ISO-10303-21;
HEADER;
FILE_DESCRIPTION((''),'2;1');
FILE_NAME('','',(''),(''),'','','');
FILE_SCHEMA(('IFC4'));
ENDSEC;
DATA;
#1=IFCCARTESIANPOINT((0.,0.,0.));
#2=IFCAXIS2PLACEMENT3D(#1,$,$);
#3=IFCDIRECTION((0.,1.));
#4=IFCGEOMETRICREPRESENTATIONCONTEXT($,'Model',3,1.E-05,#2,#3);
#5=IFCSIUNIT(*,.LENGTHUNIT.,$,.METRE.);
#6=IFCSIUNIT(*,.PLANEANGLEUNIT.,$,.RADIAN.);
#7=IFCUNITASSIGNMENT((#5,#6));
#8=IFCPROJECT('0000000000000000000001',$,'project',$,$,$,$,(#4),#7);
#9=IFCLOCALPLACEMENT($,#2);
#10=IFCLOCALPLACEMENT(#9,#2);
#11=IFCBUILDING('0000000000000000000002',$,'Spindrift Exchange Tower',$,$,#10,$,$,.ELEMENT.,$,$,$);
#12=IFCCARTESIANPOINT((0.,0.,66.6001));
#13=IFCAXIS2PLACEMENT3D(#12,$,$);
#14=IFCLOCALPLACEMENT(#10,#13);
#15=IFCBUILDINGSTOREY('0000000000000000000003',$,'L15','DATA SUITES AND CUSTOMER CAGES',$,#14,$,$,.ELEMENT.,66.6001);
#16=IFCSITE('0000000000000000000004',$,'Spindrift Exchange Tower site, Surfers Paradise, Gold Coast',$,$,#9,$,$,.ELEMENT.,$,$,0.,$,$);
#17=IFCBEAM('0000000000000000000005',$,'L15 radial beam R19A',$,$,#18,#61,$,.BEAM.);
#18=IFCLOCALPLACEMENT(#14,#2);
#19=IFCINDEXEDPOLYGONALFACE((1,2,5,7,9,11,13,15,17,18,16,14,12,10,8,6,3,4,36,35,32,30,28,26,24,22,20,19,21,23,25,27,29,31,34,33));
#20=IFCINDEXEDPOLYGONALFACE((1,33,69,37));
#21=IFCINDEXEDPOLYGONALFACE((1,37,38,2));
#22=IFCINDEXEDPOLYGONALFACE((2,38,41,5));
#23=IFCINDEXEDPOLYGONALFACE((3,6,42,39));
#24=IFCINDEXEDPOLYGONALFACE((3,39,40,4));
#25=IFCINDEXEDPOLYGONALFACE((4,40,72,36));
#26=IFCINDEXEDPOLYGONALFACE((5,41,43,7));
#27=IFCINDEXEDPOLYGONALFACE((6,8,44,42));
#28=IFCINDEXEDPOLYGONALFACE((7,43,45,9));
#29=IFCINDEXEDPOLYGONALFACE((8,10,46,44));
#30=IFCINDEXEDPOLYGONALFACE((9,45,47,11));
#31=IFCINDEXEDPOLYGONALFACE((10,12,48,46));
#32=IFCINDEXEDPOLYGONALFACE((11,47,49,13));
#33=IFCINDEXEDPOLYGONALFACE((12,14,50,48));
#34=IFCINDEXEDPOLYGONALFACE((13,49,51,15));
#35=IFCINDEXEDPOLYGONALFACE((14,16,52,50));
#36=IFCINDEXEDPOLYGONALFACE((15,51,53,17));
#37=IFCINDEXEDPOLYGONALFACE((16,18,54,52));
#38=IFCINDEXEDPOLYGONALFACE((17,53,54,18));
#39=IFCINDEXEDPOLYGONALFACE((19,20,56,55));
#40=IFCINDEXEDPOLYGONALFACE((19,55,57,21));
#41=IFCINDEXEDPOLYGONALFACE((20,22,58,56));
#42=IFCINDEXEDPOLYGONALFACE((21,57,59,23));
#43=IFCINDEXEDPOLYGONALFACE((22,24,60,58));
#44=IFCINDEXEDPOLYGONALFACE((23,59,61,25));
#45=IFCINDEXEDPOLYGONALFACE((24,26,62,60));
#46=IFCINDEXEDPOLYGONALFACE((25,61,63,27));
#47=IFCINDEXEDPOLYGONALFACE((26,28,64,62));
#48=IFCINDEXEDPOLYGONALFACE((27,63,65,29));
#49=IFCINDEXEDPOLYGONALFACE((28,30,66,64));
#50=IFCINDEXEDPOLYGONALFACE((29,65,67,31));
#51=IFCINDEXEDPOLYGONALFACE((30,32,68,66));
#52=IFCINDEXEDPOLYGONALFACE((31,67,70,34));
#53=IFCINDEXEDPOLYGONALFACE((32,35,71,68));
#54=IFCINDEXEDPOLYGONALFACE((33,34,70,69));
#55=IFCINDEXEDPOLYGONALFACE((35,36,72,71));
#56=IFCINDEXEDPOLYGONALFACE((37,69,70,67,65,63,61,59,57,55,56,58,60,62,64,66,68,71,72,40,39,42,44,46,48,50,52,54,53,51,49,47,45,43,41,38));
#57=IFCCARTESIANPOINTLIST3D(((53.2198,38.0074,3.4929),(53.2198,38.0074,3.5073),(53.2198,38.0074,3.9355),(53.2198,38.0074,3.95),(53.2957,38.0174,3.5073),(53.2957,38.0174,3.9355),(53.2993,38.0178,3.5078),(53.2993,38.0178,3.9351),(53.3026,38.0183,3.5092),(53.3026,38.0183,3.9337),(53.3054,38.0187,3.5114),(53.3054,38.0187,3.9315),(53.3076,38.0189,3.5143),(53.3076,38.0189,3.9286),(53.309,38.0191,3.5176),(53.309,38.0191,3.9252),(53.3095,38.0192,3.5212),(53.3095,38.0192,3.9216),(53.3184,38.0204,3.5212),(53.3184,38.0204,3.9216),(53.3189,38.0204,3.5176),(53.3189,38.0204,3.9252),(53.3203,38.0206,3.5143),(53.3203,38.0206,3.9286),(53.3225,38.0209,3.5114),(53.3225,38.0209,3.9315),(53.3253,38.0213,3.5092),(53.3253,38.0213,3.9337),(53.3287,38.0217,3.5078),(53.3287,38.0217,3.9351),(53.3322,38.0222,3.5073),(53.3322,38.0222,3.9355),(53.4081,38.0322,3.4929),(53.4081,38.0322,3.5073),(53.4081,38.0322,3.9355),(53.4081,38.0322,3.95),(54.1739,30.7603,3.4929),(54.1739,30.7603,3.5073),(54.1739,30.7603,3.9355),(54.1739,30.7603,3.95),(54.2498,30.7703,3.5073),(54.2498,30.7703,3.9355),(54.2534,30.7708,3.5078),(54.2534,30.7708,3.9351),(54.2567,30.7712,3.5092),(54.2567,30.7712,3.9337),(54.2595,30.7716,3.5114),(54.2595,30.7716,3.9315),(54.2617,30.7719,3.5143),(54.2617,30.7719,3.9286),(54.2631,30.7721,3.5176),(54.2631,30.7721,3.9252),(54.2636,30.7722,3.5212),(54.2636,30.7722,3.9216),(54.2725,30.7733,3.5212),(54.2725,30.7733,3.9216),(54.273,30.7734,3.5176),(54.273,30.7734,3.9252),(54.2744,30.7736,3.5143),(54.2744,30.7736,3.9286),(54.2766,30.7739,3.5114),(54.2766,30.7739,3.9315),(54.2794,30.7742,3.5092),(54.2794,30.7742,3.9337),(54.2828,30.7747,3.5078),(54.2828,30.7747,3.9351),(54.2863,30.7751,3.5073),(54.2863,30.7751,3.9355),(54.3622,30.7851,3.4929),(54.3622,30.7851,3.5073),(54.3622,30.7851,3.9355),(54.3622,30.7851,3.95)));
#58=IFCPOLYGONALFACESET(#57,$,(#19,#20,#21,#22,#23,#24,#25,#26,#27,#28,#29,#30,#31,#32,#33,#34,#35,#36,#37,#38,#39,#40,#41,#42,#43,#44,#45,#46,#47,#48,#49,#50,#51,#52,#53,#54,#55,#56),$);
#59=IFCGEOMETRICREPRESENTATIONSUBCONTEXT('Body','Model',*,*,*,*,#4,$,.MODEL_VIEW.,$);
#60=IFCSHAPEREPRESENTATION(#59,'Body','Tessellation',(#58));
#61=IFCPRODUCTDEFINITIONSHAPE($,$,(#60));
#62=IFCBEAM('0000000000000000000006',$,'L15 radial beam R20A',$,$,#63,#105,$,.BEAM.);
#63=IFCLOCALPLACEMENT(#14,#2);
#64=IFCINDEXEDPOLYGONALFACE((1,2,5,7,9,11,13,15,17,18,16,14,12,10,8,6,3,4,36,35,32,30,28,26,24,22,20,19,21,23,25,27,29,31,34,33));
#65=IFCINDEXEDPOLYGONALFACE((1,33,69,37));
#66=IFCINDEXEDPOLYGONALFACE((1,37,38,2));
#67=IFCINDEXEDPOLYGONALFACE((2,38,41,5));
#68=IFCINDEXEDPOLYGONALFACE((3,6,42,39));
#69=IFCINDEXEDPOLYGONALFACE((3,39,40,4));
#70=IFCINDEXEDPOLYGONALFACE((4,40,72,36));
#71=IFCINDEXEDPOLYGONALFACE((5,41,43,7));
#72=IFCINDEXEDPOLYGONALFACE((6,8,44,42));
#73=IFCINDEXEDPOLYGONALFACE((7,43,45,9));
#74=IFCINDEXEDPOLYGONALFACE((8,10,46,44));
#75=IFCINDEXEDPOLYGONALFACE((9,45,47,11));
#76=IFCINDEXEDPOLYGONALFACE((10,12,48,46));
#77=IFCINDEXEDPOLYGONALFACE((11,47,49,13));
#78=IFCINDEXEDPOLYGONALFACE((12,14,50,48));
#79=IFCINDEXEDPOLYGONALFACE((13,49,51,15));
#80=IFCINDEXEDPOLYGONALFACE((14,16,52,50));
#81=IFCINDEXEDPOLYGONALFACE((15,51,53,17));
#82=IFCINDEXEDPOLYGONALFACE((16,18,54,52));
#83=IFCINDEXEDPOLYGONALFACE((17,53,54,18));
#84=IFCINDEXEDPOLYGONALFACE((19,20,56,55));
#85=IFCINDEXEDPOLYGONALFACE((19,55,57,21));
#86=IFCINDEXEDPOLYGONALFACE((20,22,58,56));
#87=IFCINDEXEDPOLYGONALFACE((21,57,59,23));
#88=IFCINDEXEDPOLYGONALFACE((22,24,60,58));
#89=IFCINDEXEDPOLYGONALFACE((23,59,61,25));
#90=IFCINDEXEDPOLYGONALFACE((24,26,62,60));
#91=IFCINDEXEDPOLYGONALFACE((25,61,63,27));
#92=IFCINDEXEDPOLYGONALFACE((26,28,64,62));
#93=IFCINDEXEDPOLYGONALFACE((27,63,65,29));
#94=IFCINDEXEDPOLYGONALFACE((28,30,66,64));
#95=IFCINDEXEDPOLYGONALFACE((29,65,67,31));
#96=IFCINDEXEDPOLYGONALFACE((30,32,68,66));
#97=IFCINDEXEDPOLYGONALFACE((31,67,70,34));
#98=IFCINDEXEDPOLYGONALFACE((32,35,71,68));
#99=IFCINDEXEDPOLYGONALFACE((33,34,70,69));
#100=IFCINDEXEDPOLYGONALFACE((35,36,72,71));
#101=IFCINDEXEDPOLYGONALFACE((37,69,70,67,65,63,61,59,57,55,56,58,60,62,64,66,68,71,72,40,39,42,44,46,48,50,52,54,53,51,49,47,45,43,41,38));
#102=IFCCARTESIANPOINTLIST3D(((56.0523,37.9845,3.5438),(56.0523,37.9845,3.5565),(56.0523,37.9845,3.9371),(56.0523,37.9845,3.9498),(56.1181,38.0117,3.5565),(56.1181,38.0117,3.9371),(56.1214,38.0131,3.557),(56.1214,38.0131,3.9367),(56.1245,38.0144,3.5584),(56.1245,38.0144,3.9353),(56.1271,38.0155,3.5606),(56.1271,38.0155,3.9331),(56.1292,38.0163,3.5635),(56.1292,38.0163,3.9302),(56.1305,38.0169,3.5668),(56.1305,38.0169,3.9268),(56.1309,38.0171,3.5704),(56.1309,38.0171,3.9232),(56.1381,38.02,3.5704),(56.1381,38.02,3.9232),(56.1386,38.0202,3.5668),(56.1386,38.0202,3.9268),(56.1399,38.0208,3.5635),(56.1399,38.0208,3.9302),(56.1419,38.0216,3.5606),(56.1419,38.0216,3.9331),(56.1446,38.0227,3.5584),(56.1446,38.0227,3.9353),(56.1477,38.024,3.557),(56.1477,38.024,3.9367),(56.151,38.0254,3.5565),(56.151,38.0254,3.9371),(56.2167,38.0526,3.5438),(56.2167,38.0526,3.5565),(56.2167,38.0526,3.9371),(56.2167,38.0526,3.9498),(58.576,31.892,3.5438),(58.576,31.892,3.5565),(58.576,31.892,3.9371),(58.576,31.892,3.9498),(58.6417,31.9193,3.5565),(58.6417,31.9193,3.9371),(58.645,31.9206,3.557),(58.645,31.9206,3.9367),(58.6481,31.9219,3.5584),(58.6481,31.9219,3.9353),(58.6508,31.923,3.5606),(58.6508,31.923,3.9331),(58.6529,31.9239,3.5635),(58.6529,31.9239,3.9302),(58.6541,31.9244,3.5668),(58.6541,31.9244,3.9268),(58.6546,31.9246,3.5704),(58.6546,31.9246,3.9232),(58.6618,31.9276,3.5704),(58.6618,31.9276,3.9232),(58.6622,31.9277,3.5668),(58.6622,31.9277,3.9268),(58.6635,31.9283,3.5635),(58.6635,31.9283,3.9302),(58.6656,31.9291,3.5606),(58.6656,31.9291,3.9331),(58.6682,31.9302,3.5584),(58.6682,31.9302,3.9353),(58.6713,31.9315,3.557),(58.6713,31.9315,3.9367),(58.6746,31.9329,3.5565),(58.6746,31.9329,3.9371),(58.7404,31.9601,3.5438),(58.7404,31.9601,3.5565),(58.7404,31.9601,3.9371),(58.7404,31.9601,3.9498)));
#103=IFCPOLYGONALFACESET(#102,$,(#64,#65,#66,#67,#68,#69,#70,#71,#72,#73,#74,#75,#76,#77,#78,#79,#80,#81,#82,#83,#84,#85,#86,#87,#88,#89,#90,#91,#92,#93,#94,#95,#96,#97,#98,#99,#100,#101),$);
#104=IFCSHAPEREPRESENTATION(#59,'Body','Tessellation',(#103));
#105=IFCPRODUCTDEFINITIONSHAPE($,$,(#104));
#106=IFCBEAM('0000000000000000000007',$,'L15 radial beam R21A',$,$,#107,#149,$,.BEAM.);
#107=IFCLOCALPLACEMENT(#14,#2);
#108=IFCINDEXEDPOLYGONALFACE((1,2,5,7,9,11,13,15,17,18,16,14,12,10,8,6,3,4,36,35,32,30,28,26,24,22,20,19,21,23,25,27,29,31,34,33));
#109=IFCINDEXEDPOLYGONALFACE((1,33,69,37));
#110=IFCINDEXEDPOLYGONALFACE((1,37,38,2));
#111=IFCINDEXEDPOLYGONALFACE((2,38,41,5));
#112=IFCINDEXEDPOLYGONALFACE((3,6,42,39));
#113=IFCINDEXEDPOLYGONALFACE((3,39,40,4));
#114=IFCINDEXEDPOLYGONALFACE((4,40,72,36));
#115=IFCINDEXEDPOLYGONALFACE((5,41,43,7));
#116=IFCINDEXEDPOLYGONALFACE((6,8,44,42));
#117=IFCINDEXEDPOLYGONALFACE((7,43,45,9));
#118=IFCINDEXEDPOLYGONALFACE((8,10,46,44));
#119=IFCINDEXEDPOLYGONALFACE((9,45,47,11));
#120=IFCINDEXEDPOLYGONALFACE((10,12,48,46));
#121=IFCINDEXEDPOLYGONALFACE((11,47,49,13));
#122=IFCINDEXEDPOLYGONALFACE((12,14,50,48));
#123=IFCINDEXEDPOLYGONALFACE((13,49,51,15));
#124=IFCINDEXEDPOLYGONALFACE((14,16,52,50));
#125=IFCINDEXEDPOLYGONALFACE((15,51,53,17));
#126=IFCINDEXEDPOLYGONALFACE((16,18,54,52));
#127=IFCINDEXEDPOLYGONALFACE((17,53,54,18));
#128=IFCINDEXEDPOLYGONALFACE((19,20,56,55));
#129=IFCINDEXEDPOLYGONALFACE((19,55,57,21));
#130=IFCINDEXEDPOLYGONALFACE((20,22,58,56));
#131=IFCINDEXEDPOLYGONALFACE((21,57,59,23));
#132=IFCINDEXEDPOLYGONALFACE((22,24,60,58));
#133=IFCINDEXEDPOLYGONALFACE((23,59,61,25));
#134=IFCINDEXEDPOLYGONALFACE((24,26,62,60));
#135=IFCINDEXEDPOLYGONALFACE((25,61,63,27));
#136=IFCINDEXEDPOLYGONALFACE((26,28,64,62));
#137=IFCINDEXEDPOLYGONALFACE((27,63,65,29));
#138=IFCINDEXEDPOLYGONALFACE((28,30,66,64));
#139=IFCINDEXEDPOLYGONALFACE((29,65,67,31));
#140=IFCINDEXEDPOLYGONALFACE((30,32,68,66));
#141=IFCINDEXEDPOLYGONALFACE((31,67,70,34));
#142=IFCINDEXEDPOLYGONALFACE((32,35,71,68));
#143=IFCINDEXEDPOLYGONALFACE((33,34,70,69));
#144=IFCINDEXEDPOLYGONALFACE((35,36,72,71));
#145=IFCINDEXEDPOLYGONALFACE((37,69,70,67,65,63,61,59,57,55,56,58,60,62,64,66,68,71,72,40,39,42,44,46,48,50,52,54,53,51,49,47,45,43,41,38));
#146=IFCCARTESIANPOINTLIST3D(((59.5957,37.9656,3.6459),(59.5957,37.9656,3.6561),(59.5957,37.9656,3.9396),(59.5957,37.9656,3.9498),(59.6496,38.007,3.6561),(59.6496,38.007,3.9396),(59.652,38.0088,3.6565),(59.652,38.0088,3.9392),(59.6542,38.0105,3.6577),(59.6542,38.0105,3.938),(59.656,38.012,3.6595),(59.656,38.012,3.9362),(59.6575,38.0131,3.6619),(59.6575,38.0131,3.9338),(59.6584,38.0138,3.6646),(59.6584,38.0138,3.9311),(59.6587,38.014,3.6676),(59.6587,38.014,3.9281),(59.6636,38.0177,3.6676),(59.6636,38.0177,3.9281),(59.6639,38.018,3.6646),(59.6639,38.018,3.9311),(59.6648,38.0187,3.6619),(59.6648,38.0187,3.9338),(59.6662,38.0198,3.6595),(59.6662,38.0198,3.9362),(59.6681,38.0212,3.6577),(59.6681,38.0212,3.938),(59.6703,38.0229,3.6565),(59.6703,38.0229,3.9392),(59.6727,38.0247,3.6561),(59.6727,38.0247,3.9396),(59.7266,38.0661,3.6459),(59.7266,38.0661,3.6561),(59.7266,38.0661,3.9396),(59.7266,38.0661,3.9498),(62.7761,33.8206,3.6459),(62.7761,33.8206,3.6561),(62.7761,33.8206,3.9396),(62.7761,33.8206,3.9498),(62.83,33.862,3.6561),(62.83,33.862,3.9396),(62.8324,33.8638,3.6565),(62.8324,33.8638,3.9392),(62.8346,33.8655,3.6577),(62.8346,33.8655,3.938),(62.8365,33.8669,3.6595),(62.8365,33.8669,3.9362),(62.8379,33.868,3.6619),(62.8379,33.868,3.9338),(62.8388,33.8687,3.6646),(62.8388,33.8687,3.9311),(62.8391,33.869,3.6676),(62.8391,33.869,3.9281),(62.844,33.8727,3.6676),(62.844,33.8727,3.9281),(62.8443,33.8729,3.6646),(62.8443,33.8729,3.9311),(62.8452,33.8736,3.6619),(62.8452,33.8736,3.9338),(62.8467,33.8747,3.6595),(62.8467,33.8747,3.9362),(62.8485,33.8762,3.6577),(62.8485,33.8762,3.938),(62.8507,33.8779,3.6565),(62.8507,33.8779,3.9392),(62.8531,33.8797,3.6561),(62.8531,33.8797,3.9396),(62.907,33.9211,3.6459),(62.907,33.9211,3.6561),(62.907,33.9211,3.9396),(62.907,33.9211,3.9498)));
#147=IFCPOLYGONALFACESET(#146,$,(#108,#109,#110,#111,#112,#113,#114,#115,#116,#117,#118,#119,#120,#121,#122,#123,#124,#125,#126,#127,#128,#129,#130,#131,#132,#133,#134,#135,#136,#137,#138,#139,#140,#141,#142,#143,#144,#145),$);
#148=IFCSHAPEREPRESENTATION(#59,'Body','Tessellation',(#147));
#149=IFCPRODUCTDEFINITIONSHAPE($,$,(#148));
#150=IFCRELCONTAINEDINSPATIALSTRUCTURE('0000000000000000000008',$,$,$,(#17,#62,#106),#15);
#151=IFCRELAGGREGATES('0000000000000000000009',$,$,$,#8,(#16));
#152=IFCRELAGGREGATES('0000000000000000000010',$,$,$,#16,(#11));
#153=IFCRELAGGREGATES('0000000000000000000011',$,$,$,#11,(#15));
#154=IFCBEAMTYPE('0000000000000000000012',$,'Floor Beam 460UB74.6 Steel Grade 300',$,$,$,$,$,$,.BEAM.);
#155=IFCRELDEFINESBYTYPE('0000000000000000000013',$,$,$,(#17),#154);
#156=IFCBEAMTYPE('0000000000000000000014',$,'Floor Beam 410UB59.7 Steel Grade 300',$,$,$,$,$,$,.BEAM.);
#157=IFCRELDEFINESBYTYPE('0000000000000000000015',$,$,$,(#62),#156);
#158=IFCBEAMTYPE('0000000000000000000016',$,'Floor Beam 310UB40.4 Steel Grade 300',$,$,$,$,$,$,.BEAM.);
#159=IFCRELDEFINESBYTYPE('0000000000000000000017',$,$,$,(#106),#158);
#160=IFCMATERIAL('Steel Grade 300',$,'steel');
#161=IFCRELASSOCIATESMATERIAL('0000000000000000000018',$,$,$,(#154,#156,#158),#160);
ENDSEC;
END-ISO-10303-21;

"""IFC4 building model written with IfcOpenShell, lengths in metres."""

from ifc_helpers import new_model, si_unit, direction, frame, origin, origin_2d, place, context, subcontext, project, spatial, i_section, extrude, source, transform, mapped, material, material_profile, profile_set, type_object, element, save


model = new_model("IFC4")

# Units and contexts
model_context = context("Model", 3, precision=1e-05, world=origin(), true_north=direction((0.0, 1.0)))
body_context = subcontext(model_context, "Body", "Model", "MODEL_VIEW")
ifc_project = project(units=[si_unit("LENGTHUNIT", "METRE"), si_unit("PLANEANGLEUNIT", "RADIAN")], contexts=[model_context])

# Site, building, storey
site_placement = place(None, origin())
site = spatial("IfcSite", under=ifc_project, at=site_placement, Name="Spindrift Exchange Tower site, Surfers Paradise, Gold Coast", CompositionType="ELEMENT", RefElevation=0.0)
building_placement = place(site_placement, origin())
building = spatial("IfcBuilding", under=site, at=building_placement, Name="Spindrift Exchange Tower", CompositionType="ELEMENT")
storey_placement = place(building_placement, frame((0.0, 0.0, 66.6001)))
storey = spatial("IfcBuildingStorey", under=building, at=storey_placement, Name="L15", Description="DATA SUITES AND CUSTOMER CAGES", CompositionType="ELEMENT", Elevation=66.6001)

# Beams
ifc_material_1 = material(Name="Steel Grade 300", Category="steel")
ifc_material_profile_1 = material_profile(ifc_material_1, i_section(OverallWidth=0.1899, OverallDepth=0.457, WebThickness=0.009, FlangeThickness=0.0144, FilletRadius=0.0139, at=origin_2d()), Name="460UB74.6")
ifc_profile_set_1 = profile_set([ifc_material_profile_1], Name="Steel Grade 300")
beam_type_1 = type_object("IfcBeamType", Name="Floor Beam 460UB74.6 Steel Grade 300", PredefinedType="BEAM", material=ifc_profile_set_1)
shared_shape_1 = source(origin(), body_context, "Body", "SweptSolid", [
    extrude(i_section(OverallWidth=0.1899, OverallDepth=0.457, WebThickness=0.009, FlangeThickness=0.0144, FilletRadius=0.0139, at=origin_2d()), origin(), (0.0, 0.0, 1.0), 7.3096),
])
beam_1_placement = place(storey_placement, frame((53.314, 38.0198, 3.7214), z_axis=(0.130527, -0.991445, 0.0), x_axis=(0.991445, 0.130527, 0.0)))
element("IfcBeam", 1, at=beam_1_placement, inside=storey, type_object=beam_type_1, Name="L15 radial beam R19A", PredefinedType="BEAM", context=body_context, shape_type="MappedRepresentation", body=[
    mapped(shared_shape_1, transform((0.0, 0.0, 0.0), scale=1.0)),
])
ifc_material_profile_2 = material_profile(ifc_material_1, i_section(OverallWidth=0.178, OverallDepth=0.406, WebThickness=0.0078, FlangeThickness=0.0127, FilletRadius=0.0139, at=origin_2d()), Name="410UB59.7")
ifc_profile_set_2 = profile_set([ifc_material_profile_2], Name="Steel Grade 300")
beam_type_2 = type_object("IfcBeamType", Name="Floor Beam 410UB59.7 Steel Grade 300", PredefinedType="BEAM", material=ifc_profile_set_2)
shared_shape_2 = source(origin(), body_context, "Body", "SweptSolid", [
    extrude(i_section(OverallWidth=0.178, OverallDepth=0.406, WebThickness=0.0078, FlangeThickness=0.0127, FilletRadius=0.0139, at=origin_2d()), origin(), (0.0, 0.0, 1.0), 6.5945),
])
beam_2_placement = place(storey_placement, frame((56.1345, 38.0186, 3.7468), z_axis=(0.382693, -0.923876, 0.0), x_axis=(0.923876, 0.382693, 0.0)))
element("IfcBeam", 2, at=beam_2_placement, inside=storey, type_object=beam_type_2, Name="L15 radial beam R20A", PredefinedType="BEAM", context=body_context, shape_type="MappedRepresentation", body=[
    mapped(shared_shape_2, transform((0.0, 0.0, 0.0), scale=1.0)),
])
ifc_material_profile_3 = material_profile(ifc_material_1, i_section(OverallWidth=0.165, OverallDepth=0.304, WebThickness=0.0061, FlangeThickness=0.0103, FilletRadius=0.0115, at=origin_2d()), Name="310UB40.4")
ifc_profile_set_3 = profile_set([ifc_material_profile_3], Name="Steel Grade 300")
beam_type_3 = type_object("IfcBeamType", Name="Floor Beam 310UB40.4 Steel Grade 300", PredefinedType="BEAM", material=ifc_profile_set_3)
shared_shape_3 = source(origin(), body_context, "Body", "SweptSolid", [
    extrude(i_section(OverallWidth=0.165, OverallDepth=0.304, WebThickness=0.0061, FlangeThickness=0.0103, FilletRadius=0.0115, at=origin_2d()), origin(), (0.0, 0.0, 1.0), 5.2246),
])
beam_3_placement = place(storey_placement, frame((59.6611, 38.0159, 3.7979), z_axis=(0.608741, -0.793369, 0.0), x_axis=(0.793369, 0.608741, 0.0)))
element("IfcBeam", 3, at=beam_3_placement, inside=storey, type_object=beam_type_3, Name="L15 radial beam R21A", PredefinedType="BEAM", context=body_context, shape_type="MappedRepresentation", body=[
    mapped(shared_shape_3, transform((0.0, 0.0, 0.0), scale=1.0)),
])

save(model, "model.ifc")
